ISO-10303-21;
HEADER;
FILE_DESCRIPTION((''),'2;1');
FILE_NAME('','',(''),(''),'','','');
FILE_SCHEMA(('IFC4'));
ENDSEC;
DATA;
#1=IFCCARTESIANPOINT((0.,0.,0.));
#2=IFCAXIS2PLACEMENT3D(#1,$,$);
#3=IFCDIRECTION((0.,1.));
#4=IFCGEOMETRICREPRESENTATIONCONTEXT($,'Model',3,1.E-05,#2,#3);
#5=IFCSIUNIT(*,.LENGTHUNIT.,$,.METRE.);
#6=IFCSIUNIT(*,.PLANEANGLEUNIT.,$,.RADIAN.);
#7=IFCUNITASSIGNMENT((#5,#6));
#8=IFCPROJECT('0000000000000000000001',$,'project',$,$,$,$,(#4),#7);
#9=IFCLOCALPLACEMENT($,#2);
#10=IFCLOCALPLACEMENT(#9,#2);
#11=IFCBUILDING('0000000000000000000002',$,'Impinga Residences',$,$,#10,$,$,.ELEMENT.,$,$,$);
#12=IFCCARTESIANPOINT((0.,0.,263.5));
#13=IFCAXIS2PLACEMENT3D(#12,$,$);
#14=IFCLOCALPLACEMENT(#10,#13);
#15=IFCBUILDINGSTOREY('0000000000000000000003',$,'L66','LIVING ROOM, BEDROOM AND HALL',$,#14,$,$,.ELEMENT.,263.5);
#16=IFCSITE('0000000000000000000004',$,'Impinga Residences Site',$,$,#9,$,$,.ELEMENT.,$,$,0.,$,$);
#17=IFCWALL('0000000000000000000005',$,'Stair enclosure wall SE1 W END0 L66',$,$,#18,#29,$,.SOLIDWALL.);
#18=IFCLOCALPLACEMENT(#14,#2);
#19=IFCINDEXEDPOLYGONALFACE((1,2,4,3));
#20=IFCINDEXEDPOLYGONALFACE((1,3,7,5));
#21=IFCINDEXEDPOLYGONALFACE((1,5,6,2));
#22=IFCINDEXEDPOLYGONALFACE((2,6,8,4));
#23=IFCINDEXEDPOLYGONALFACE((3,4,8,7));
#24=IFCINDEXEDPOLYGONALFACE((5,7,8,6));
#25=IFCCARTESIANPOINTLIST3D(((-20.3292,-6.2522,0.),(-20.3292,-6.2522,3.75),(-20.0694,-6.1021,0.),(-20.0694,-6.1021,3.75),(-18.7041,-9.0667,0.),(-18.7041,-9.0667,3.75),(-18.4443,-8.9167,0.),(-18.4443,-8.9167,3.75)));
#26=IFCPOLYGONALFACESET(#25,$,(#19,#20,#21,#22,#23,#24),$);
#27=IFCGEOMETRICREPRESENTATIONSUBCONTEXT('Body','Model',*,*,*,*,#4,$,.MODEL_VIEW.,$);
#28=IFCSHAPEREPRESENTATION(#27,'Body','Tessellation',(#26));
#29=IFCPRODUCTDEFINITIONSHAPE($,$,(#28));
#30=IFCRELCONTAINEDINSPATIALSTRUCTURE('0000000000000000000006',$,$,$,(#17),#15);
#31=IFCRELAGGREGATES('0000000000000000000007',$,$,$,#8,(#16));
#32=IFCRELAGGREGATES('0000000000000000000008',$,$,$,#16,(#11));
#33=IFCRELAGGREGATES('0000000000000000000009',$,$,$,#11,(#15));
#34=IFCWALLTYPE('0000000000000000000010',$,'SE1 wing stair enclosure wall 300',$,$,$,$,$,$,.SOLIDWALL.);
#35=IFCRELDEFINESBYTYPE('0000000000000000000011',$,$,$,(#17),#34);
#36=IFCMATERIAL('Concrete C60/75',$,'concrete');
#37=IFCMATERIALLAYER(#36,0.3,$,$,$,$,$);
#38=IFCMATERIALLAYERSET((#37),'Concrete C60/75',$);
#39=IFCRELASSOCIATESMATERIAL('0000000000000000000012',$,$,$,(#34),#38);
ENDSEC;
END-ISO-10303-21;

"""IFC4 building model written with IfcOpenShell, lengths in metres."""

from ifc_helpers import new_model, si_unit, direction, frame, frame_2d, origin, place, context, subcontext, project, spatial, rectangle, extrude, material, layer, layer_set, type_object, element, save


model = new_model("IFC4")

# Units and contexts
model_context = context("Model", 3, precision=1e-05, world=origin(), true_north=direction((0.0, 1.0)))
body_context = subcontext(model_context, "Body", "Model", "MODEL_VIEW")
ifc_project = project(units=[si_unit("LENGTHUNIT", "METRE"), si_unit("PLANEANGLEUNIT", "RADIAN")], contexts=[model_context])

# Site, building, storey
site_placement = place(None, origin())
site = spatial("IfcSite", under=ifc_project, at=site_placement, Name="Impinga Residences Site", CompositionType="ELEMENT", RefElevation=0.0)
building_placement = place(site_placement, origin())
building = spatial("IfcBuilding", under=site, at=building_placement, Name="Impinga Residences", CompositionType="ELEMENT")
storey_placement = place(building_placement, frame((0.0, 0.0, 263.5)))
storey = spatial("IfcBuildingStorey", under=building, at=storey_placement, Name="L66", Description="LIVING ROOM, BEDROOM AND HALL", CompositionType="ELEMENT", Elevation=263.5)

# Shared definitions
ifc_material_1 = material(Name="Concrete C60/75", Category="concrete")

# Wall
ifc_layer_1 = layer(ifc_material_1, 0.3)
ifc_layer_set_1 = layer_set([ifc_layer_1], Name="Concrete C60/75")
wall_type_1 = type_object("IfcWallType", Name="SE1 wing stair enclosure wall 300", PredefinedType="SOLIDWALL", material=ifc_layer_set_1)
wall_1_placement = place(storey_placement, frame((-18.5742, -8.9917, 0.0), z_axis=(0.0, 0.0, 1.0), x_axis=(-0.500017, 0.866015, 0.0)))
element("IfcWall", 1, at=wall_1_placement, inside=storey, type_object=wall_type_1, Name="Stair enclosure wall SE1 W END0 L66", PredefinedType="SOLIDWALL", context=body_context, shape_type="SweptSolid", body=[
    extrude(rectangle(XDim=3.25, YDim=0.3, at=frame_2d((1.625, 0.0))), origin(), (0.0, 0.0, 1.0), 3.75),
])

save(model, "model.ifc")
